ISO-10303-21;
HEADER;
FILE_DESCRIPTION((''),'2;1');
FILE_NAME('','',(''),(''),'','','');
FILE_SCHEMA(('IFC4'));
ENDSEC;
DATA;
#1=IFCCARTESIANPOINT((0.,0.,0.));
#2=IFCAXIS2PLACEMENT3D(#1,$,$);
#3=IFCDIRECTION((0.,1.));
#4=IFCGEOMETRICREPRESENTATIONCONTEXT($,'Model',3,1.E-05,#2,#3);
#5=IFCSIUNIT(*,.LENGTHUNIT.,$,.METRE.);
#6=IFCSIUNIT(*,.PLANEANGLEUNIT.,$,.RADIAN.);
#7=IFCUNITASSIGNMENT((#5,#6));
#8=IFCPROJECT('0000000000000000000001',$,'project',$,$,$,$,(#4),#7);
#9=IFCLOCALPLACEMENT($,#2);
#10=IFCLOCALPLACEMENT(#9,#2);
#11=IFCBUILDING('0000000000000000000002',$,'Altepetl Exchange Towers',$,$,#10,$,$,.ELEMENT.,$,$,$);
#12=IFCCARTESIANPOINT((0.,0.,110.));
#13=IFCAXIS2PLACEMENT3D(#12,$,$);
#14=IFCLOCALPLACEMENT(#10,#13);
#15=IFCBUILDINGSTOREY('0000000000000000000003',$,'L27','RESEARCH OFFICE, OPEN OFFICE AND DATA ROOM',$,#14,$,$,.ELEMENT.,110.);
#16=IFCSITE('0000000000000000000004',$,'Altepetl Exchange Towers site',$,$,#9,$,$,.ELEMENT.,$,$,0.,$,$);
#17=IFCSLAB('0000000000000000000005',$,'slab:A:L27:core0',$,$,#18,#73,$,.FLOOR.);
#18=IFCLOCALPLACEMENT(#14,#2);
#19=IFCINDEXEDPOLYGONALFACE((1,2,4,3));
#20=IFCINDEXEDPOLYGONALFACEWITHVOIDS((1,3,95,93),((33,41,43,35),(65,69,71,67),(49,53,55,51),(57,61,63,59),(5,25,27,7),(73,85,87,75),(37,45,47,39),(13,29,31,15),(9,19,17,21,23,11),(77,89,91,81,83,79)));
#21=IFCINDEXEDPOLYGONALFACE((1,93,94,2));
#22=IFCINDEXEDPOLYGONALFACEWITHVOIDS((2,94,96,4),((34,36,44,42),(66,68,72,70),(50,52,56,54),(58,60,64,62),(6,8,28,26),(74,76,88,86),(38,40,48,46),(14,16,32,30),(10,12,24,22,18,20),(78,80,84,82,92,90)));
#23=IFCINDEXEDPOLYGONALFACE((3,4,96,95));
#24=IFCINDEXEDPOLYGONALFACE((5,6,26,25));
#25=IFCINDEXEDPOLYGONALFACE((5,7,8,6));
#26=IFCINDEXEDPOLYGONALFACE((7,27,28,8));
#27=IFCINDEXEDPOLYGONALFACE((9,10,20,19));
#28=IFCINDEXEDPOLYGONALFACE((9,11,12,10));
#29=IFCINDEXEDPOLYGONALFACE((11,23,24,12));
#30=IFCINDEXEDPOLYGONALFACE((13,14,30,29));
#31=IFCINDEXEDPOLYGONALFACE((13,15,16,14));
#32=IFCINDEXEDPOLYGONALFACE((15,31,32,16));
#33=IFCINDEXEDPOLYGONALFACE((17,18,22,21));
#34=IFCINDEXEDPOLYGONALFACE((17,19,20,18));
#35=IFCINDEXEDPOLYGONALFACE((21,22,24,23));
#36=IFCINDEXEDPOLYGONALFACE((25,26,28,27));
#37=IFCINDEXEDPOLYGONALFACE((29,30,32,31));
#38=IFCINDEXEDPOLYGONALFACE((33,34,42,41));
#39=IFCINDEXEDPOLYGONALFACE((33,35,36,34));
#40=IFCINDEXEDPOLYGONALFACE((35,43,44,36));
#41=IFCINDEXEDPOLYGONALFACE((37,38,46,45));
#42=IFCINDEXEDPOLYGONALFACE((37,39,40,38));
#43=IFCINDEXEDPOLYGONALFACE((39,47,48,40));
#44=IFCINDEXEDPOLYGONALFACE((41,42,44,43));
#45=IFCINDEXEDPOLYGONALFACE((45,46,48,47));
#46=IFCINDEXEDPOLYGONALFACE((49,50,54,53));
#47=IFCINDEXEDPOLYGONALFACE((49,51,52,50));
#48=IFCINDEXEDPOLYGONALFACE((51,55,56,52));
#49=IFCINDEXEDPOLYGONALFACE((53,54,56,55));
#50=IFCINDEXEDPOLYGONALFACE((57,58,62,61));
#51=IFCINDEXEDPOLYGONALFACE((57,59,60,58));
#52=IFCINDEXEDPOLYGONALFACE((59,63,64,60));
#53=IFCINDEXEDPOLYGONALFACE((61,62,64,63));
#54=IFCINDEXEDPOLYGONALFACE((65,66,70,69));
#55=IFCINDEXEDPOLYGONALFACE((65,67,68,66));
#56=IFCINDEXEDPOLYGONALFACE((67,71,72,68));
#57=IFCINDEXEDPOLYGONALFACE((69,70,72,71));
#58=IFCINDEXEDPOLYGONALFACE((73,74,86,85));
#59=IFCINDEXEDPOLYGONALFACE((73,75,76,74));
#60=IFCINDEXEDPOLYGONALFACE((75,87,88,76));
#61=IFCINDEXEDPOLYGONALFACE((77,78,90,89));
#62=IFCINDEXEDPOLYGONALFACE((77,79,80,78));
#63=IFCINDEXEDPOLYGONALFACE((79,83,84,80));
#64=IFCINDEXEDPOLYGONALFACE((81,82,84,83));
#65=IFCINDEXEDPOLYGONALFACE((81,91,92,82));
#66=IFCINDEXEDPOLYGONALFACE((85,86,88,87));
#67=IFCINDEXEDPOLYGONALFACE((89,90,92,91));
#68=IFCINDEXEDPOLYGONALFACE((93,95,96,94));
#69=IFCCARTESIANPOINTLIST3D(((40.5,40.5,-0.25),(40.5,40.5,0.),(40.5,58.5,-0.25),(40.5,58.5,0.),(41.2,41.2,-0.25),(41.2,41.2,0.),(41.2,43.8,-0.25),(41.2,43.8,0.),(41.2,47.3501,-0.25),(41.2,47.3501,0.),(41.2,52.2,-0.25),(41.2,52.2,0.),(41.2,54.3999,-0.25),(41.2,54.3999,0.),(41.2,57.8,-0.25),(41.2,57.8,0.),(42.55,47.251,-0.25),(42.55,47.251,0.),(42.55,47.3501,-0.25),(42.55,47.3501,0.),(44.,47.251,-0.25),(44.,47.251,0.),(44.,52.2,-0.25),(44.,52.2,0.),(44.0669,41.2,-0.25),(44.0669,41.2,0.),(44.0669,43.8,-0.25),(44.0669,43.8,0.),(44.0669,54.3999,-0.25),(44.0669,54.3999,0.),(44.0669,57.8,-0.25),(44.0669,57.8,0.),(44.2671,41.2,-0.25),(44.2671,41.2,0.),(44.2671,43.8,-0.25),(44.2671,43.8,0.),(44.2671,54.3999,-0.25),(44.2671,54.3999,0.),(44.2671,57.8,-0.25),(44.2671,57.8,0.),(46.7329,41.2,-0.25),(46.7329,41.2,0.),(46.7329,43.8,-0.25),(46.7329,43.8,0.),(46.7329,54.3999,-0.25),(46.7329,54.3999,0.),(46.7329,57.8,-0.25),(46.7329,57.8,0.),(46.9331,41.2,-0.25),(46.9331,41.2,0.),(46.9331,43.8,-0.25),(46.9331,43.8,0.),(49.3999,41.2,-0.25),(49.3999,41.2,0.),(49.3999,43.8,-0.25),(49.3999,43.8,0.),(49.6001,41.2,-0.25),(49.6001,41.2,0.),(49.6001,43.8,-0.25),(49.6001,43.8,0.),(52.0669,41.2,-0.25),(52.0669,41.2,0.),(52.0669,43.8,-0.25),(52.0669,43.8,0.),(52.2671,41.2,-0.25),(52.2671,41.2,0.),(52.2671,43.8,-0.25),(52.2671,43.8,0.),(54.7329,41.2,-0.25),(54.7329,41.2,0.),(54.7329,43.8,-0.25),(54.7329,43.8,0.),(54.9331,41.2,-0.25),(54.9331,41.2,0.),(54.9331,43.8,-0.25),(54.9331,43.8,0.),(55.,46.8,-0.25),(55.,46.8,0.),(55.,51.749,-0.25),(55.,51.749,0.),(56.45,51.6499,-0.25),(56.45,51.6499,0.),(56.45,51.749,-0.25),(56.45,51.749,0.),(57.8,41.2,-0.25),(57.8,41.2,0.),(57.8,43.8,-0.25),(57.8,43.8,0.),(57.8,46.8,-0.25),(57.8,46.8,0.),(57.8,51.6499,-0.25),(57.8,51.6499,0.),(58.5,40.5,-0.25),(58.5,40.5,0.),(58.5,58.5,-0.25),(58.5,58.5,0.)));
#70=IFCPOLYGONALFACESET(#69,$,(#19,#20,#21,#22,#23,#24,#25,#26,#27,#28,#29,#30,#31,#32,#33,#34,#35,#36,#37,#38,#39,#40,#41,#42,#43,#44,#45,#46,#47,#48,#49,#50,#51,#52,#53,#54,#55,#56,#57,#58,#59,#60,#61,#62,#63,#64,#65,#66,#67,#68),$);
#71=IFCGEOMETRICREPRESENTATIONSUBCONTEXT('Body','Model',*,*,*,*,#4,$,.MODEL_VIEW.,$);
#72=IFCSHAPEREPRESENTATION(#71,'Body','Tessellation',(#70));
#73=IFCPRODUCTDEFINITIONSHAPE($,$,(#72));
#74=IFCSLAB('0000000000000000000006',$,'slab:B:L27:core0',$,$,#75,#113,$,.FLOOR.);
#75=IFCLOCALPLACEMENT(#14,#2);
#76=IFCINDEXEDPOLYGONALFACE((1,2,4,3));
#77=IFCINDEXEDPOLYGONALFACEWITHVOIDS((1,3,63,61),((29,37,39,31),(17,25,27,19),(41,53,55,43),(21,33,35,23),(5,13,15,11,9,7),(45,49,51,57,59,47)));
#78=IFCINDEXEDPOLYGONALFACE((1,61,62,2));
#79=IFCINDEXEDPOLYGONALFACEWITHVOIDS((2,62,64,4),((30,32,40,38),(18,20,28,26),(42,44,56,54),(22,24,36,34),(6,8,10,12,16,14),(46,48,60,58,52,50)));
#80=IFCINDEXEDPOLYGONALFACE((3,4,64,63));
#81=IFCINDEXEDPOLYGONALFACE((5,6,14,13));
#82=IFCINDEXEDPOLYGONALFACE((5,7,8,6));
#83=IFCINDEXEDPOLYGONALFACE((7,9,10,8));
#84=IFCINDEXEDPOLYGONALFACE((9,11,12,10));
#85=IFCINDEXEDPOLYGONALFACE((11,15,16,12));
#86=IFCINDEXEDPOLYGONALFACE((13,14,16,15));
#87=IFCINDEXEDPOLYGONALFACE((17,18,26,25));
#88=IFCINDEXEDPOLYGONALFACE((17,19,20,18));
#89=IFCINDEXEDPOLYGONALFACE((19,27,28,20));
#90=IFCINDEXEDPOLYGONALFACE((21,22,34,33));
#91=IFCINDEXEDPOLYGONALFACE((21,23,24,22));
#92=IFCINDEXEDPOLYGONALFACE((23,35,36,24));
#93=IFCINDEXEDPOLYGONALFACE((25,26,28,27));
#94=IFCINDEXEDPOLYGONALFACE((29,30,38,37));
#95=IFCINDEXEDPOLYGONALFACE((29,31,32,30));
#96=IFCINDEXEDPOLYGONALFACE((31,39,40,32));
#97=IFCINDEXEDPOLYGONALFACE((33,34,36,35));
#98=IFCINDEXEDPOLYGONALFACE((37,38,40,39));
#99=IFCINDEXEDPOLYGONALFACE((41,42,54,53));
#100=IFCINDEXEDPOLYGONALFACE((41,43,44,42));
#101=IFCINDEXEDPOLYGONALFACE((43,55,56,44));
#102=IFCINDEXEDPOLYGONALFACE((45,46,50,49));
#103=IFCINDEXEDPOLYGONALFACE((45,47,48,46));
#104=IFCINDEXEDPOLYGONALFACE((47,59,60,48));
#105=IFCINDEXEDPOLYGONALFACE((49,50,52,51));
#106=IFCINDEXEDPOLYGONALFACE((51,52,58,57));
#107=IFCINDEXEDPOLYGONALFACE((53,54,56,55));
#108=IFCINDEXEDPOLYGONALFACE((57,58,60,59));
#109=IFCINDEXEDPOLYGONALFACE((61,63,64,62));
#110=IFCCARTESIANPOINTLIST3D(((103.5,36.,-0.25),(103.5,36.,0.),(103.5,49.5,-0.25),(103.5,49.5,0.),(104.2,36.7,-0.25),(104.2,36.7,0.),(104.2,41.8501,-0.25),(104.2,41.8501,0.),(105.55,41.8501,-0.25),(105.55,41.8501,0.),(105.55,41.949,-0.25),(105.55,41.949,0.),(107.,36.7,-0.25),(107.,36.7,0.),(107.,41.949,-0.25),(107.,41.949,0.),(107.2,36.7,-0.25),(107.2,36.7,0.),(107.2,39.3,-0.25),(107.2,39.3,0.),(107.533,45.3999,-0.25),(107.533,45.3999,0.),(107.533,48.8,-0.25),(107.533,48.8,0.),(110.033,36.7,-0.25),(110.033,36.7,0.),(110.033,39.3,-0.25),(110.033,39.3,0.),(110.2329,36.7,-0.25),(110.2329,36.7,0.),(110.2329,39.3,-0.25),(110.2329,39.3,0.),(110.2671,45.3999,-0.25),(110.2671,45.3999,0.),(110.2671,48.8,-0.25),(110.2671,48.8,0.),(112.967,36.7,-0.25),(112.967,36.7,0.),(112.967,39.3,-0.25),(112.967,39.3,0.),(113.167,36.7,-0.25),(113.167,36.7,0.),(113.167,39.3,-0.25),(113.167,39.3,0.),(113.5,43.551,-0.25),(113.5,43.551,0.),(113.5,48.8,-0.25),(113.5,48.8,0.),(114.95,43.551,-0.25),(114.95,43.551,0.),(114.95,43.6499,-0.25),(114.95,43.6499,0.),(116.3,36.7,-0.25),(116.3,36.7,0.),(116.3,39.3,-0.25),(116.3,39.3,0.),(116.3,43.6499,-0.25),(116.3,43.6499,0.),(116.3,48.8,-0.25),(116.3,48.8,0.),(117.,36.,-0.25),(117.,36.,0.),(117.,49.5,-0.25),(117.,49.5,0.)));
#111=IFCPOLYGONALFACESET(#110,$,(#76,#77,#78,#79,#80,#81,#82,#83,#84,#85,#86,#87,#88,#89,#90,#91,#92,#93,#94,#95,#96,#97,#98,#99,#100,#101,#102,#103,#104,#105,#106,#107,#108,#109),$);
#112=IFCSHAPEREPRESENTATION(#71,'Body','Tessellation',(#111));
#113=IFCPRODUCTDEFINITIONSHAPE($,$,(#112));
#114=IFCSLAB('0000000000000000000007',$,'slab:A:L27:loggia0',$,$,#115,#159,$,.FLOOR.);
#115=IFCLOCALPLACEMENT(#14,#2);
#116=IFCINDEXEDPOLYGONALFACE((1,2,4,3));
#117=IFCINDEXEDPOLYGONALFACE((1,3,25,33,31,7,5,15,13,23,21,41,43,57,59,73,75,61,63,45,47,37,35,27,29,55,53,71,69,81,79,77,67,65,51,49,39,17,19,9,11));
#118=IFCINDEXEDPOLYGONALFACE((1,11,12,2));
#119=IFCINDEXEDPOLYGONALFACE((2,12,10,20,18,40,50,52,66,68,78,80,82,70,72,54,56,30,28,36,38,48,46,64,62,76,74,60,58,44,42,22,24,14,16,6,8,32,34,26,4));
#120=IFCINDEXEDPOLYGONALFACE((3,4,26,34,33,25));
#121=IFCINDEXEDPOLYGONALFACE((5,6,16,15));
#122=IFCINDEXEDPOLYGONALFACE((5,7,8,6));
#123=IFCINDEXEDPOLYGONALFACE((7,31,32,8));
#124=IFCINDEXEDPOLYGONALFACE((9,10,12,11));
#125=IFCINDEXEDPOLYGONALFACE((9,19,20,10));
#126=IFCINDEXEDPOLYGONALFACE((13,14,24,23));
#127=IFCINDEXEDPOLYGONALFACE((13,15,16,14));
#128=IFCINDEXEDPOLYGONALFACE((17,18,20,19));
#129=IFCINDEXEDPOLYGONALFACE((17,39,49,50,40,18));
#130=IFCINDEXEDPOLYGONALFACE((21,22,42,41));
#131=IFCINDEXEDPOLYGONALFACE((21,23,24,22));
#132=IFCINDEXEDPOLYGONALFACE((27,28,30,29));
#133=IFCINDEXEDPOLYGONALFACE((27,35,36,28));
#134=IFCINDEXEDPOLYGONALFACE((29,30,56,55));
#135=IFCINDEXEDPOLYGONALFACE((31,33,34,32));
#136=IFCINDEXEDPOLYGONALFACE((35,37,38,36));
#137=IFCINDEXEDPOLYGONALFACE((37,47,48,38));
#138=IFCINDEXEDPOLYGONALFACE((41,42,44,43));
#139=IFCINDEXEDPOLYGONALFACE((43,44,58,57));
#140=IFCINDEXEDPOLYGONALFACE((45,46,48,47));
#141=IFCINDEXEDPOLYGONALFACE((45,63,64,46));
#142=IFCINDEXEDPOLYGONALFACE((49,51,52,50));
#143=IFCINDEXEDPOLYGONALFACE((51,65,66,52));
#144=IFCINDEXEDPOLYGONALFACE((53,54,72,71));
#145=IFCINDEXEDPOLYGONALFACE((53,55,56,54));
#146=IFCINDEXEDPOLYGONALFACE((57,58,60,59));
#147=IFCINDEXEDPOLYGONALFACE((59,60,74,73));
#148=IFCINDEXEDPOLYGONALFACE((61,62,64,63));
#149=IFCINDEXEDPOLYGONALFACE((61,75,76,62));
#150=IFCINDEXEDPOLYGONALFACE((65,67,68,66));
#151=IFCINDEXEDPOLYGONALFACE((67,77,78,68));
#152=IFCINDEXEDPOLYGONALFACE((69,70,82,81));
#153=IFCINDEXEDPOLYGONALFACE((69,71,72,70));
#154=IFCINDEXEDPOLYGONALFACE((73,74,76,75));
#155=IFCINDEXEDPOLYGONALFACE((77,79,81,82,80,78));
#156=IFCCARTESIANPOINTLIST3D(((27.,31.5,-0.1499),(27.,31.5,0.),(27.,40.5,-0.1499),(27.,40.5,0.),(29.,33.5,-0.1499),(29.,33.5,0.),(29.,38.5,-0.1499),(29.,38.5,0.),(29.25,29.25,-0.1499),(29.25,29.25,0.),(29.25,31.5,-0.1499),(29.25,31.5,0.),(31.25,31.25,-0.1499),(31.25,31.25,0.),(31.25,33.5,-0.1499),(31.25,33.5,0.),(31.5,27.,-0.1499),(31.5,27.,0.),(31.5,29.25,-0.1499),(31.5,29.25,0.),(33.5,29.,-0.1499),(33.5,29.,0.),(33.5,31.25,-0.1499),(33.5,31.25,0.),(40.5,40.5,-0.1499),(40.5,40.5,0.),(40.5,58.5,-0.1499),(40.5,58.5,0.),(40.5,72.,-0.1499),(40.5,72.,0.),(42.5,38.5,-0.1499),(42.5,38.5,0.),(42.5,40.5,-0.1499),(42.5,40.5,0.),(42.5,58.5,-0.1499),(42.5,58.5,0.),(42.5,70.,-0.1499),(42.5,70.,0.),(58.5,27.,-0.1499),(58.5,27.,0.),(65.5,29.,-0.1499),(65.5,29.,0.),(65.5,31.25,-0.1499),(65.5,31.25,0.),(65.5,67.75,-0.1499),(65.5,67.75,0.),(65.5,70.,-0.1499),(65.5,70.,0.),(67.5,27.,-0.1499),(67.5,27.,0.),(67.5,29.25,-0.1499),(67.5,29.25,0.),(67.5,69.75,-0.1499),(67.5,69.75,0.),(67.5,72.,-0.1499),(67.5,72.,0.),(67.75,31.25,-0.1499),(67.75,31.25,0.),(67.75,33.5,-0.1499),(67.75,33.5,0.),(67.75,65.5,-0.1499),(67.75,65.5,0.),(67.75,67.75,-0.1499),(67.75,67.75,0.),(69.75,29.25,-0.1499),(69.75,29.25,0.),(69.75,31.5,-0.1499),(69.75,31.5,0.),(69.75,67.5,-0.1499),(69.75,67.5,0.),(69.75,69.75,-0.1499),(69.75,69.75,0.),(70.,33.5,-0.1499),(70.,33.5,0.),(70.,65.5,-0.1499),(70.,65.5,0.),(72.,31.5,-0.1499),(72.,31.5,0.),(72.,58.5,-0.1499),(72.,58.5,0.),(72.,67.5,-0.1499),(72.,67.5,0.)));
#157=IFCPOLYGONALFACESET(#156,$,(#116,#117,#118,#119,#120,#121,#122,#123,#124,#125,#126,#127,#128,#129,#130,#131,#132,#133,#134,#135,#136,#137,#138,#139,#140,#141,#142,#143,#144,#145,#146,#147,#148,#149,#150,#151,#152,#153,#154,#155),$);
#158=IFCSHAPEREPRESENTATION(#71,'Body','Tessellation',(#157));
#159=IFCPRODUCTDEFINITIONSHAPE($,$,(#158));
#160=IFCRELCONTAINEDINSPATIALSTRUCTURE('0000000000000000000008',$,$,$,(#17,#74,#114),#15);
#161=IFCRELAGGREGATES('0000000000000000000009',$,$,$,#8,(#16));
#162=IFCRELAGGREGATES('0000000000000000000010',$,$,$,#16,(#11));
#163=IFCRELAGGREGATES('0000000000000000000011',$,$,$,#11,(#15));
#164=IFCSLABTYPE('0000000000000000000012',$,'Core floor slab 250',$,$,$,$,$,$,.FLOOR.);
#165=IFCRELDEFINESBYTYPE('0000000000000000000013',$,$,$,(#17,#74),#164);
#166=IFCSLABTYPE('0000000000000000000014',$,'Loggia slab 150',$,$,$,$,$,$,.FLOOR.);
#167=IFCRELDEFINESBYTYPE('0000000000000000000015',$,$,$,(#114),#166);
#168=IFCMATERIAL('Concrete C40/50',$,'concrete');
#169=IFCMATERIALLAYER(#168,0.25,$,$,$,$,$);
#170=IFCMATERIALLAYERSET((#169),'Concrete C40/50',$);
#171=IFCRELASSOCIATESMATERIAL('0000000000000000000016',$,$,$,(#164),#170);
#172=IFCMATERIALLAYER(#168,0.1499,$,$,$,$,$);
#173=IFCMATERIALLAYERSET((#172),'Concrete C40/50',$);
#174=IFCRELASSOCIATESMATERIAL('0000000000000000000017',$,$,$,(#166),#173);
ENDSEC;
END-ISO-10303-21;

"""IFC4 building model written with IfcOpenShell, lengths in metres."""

from ifc_helpers import new_model, si_unit, direction, frame, origin, place, context, subcontext, project, spatial, polyline, outline, extrude, material, layer, layer_set, type_object, element, save


model = new_model("IFC4")

# Units and contexts
model_context = context("Model", 3, precision=1e-05, world=origin(), true_north=direction((0.0, 1.0)))
body_context = subcontext(model_context, "Body", "Model", "MODEL_VIEW")
ifc_project = project(units=[si_unit("LENGTHUNIT", "METRE"), si_unit("PLANEANGLEUNIT", "RADIAN")], contexts=[model_context])

# Site, building, storey
site_placement = place(None, origin())
site = spatial("IfcSite", under=ifc_project, at=site_placement, Name="Altepetl Exchange Towers site", CompositionType="ELEMENT", RefElevation=0.0)
building_placement = place(site_placement, origin())
building = spatial("IfcBuilding", under=site, at=building_placement, Name="Altepetl Exchange Towers", CompositionType="ELEMENT")
storey_placement = place(building_placement, frame((0.0, 0.0, 110.0)))
storey = spatial("IfcBuildingStorey", under=building, at=storey_placement, Name="L27", Description="RESEARCH OFFICE, OPEN OFFICE AND DATA ROOM", CompositionType="ELEMENT", Elevation=110.0)

# Slabs
ifc_material_1 = material(Name="Concrete C40/50", Category="concrete")
ifc_layer_1 = layer(ifc_material_1, 0.25)
ifc_layer_set_1 = layer_set([ifc_layer_1], Name="Concrete C40/50")
slab_type_1 = type_object("IfcSlabType", Name="Core floor slab 250", PredefinedType="FLOOR", material=ifc_layer_set_1)
slab_1_placement = place(storey_placement, frame((0.0, 0.0, -0.25)))
element("IfcSlab", 1, at=slab_1_placement, inside=storey, type_object=slab_type_1, Name="slab:A:L27:core0", PredefinedType="FLOOR", context=body_context, shape_type="SweptSolid", body=[
    extrude(outline(polyline([(40.5, 40.5), (58.5, 40.5), (58.5, 58.5), (40.5, 58.5), (40.5, 40.5)]), holes=[polyline([(41.2, 43.8), (44.0669, 43.8), (44.0669, 41.2), (41.2, 41.2), (41.2, 43.8)]), polyline([(44.2671, 43.8), (46.7329, 43.8), (46.7329, 41.2), (44.2671, 41.2), (44.2671, 43.8)]), polyline([(46.9331, 43.8), (49.3999, 43.8), (49.3999, 41.2), (46.9331, 41.2), (46.9331, 43.8)]), polyline([(52.0669, 43.8), (52.0669, 41.2), (49.6001, 41.2), (49.6001, 43.8), (52.0669, 43.8)]), polyline([(54.7329, 43.8), (54.7329, 41.2), (52.2671, 41.2), (52.2671, 43.8), (54.7329, 43.8)]), polyline([(54.9331, 43.8), (57.8, 43.8), (57.8, 41.2), (54.9331, 41.2), (54.9331, 43.8)]), polyline([(55.0, 51.749), (56.45, 51.749), (56.45, 51.6499), (57.8, 51.6499), (57.8, 46.8), (55.0, 46.8), (55.0, 51.749)]), polyline([(44.0, 47.251), (42.55, 47.251), (42.55, 47.3501), (41.2, 47.3501), (41.2, 52.2), (44.0, 52.2), (44.0, 47.251)]), polyline([(44.0669, 57.8), (44.0669, 54.3999), (41.2, 54.3999), (41.2, 57.8), (44.0669, 57.8)]), polyline([(46.7329, 57.8), (46.7329, 54.3999), (44.2671, 54.3999), (44.2671, 57.8), (46.7329, 57.8)])]), origin(), (0.0, 0.0, 1.0), 0.25),
])
slab_2_placement = place(storey_placement, frame((0.0, 0.0, -0.25)))
element("IfcSlab", 2, at=slab_2_placement, inside=storey, type_object=slab_type_1, Name="slab:B:L27:core0", PredefinedType="FLOOR", context=body_context, shape_type="SweptSolid", body=[
    extrude(outline(polyline([(103.5, 36.0), (117.0, 36.0), (117.0, 49.5), (103.5, 49.5), (103.5, 36.0)]), holes=[polyline([(107.2, 36.7), (107.2, 39.3), (110.033, 39.3), (110.033, 36.7), (107.2, 36.7)]), polyline([(110.2329, 39.3), (112.967, 39.3), (112.967, 36.7), (110.2329, 36.7), (110.2329, 39.3)]), polyline([(113.167, 39.3), (116.3, 39.3), (116.3, 36.7), (113.167, 36.7), (113.167, 39.3)]), polyline([(107.0, 36.7), (104.2, 36.7), (104.2, 41.8501), (105.55, 41.8501), (105.55, 41.949), (107.0, 41.949), (107.0, 36.7)]), polyline([(116.3, 48.8), (116.3, 43.6499), (114.95, 43.6499), (114.95, 43.551), (113.5, 43.551), (113.5, 48.8), (116.3, 48.8)]), polyline([(107.533, 48.8), (110.2671, 48.8), (110.2671, 45.3999), (107.533, 45.3999), (107.533, 48.8)])]), origin(), (0.0, 0.0, 1.0), 0.25),
])
ifc_layer_2 = layer(ifc_material_1, 0.1499)
ifc_layer_set_2 = layer_set([ifc_layer_2], Name="Concrete C40/50")
slab_type_2 = type_object("IfcSlabType", Name="Loggia slab 150", PredefinedType="FLOOR", material=ifc_layer_set_2)
slab_3_placement = place(storey_placement, frame((0.0, 0.0, -0.1499)))
element("IfcSlab", 3, at=slab_3_placement, inside=storey, type_object=slab_type_2, Name="slab:A:L27:loggia0", PredefinedType="FLOOR", context=body_context, shape_type="SweptSolid", body=[
    extrude(outline(polyline([(40.5, 72.0), (40.5, 58.5), (42.5, 58.5), (42.5, 70.0), (65.5, 70.0), (65.5, 67.75), (67.75, 67.75), (67.75, 65.5), (70.0, 65.5), (70.0, 33.5), (67.75, 33.5), (67.75, 31.25), (65.5, 31.25), (65.5, 29.0), (33.5, 29.0), (33.5, 31.25), (31.25, 31.25), (31.25, 33.5), (29.0, 33.5), (29.0, 38.5), (42.5, 38.5), (42.5, 40.5), (40.5, 40.5), (27.0, 40.5), (27.0, 31.5), (29.25, 31.5), (29.25, 29.25), (31.5, 29.25), (31.5, 27.0), (58.5, 27.0), (67.5, 27.0), (67.5, 29.25), (69.75, 29.25), (69.75, 31.5), (72.0, 31.5), (72.0, 58.5), (72.0, 67.5), (69.75, 67.5), (69.75, 69.75), (67.5, 69.75), (67.5, 72.0), (40.5, 72.0)])), origin(), (0.0, 0.0, 1.0), 0.1499),
])

save(model, "model.ifc")
